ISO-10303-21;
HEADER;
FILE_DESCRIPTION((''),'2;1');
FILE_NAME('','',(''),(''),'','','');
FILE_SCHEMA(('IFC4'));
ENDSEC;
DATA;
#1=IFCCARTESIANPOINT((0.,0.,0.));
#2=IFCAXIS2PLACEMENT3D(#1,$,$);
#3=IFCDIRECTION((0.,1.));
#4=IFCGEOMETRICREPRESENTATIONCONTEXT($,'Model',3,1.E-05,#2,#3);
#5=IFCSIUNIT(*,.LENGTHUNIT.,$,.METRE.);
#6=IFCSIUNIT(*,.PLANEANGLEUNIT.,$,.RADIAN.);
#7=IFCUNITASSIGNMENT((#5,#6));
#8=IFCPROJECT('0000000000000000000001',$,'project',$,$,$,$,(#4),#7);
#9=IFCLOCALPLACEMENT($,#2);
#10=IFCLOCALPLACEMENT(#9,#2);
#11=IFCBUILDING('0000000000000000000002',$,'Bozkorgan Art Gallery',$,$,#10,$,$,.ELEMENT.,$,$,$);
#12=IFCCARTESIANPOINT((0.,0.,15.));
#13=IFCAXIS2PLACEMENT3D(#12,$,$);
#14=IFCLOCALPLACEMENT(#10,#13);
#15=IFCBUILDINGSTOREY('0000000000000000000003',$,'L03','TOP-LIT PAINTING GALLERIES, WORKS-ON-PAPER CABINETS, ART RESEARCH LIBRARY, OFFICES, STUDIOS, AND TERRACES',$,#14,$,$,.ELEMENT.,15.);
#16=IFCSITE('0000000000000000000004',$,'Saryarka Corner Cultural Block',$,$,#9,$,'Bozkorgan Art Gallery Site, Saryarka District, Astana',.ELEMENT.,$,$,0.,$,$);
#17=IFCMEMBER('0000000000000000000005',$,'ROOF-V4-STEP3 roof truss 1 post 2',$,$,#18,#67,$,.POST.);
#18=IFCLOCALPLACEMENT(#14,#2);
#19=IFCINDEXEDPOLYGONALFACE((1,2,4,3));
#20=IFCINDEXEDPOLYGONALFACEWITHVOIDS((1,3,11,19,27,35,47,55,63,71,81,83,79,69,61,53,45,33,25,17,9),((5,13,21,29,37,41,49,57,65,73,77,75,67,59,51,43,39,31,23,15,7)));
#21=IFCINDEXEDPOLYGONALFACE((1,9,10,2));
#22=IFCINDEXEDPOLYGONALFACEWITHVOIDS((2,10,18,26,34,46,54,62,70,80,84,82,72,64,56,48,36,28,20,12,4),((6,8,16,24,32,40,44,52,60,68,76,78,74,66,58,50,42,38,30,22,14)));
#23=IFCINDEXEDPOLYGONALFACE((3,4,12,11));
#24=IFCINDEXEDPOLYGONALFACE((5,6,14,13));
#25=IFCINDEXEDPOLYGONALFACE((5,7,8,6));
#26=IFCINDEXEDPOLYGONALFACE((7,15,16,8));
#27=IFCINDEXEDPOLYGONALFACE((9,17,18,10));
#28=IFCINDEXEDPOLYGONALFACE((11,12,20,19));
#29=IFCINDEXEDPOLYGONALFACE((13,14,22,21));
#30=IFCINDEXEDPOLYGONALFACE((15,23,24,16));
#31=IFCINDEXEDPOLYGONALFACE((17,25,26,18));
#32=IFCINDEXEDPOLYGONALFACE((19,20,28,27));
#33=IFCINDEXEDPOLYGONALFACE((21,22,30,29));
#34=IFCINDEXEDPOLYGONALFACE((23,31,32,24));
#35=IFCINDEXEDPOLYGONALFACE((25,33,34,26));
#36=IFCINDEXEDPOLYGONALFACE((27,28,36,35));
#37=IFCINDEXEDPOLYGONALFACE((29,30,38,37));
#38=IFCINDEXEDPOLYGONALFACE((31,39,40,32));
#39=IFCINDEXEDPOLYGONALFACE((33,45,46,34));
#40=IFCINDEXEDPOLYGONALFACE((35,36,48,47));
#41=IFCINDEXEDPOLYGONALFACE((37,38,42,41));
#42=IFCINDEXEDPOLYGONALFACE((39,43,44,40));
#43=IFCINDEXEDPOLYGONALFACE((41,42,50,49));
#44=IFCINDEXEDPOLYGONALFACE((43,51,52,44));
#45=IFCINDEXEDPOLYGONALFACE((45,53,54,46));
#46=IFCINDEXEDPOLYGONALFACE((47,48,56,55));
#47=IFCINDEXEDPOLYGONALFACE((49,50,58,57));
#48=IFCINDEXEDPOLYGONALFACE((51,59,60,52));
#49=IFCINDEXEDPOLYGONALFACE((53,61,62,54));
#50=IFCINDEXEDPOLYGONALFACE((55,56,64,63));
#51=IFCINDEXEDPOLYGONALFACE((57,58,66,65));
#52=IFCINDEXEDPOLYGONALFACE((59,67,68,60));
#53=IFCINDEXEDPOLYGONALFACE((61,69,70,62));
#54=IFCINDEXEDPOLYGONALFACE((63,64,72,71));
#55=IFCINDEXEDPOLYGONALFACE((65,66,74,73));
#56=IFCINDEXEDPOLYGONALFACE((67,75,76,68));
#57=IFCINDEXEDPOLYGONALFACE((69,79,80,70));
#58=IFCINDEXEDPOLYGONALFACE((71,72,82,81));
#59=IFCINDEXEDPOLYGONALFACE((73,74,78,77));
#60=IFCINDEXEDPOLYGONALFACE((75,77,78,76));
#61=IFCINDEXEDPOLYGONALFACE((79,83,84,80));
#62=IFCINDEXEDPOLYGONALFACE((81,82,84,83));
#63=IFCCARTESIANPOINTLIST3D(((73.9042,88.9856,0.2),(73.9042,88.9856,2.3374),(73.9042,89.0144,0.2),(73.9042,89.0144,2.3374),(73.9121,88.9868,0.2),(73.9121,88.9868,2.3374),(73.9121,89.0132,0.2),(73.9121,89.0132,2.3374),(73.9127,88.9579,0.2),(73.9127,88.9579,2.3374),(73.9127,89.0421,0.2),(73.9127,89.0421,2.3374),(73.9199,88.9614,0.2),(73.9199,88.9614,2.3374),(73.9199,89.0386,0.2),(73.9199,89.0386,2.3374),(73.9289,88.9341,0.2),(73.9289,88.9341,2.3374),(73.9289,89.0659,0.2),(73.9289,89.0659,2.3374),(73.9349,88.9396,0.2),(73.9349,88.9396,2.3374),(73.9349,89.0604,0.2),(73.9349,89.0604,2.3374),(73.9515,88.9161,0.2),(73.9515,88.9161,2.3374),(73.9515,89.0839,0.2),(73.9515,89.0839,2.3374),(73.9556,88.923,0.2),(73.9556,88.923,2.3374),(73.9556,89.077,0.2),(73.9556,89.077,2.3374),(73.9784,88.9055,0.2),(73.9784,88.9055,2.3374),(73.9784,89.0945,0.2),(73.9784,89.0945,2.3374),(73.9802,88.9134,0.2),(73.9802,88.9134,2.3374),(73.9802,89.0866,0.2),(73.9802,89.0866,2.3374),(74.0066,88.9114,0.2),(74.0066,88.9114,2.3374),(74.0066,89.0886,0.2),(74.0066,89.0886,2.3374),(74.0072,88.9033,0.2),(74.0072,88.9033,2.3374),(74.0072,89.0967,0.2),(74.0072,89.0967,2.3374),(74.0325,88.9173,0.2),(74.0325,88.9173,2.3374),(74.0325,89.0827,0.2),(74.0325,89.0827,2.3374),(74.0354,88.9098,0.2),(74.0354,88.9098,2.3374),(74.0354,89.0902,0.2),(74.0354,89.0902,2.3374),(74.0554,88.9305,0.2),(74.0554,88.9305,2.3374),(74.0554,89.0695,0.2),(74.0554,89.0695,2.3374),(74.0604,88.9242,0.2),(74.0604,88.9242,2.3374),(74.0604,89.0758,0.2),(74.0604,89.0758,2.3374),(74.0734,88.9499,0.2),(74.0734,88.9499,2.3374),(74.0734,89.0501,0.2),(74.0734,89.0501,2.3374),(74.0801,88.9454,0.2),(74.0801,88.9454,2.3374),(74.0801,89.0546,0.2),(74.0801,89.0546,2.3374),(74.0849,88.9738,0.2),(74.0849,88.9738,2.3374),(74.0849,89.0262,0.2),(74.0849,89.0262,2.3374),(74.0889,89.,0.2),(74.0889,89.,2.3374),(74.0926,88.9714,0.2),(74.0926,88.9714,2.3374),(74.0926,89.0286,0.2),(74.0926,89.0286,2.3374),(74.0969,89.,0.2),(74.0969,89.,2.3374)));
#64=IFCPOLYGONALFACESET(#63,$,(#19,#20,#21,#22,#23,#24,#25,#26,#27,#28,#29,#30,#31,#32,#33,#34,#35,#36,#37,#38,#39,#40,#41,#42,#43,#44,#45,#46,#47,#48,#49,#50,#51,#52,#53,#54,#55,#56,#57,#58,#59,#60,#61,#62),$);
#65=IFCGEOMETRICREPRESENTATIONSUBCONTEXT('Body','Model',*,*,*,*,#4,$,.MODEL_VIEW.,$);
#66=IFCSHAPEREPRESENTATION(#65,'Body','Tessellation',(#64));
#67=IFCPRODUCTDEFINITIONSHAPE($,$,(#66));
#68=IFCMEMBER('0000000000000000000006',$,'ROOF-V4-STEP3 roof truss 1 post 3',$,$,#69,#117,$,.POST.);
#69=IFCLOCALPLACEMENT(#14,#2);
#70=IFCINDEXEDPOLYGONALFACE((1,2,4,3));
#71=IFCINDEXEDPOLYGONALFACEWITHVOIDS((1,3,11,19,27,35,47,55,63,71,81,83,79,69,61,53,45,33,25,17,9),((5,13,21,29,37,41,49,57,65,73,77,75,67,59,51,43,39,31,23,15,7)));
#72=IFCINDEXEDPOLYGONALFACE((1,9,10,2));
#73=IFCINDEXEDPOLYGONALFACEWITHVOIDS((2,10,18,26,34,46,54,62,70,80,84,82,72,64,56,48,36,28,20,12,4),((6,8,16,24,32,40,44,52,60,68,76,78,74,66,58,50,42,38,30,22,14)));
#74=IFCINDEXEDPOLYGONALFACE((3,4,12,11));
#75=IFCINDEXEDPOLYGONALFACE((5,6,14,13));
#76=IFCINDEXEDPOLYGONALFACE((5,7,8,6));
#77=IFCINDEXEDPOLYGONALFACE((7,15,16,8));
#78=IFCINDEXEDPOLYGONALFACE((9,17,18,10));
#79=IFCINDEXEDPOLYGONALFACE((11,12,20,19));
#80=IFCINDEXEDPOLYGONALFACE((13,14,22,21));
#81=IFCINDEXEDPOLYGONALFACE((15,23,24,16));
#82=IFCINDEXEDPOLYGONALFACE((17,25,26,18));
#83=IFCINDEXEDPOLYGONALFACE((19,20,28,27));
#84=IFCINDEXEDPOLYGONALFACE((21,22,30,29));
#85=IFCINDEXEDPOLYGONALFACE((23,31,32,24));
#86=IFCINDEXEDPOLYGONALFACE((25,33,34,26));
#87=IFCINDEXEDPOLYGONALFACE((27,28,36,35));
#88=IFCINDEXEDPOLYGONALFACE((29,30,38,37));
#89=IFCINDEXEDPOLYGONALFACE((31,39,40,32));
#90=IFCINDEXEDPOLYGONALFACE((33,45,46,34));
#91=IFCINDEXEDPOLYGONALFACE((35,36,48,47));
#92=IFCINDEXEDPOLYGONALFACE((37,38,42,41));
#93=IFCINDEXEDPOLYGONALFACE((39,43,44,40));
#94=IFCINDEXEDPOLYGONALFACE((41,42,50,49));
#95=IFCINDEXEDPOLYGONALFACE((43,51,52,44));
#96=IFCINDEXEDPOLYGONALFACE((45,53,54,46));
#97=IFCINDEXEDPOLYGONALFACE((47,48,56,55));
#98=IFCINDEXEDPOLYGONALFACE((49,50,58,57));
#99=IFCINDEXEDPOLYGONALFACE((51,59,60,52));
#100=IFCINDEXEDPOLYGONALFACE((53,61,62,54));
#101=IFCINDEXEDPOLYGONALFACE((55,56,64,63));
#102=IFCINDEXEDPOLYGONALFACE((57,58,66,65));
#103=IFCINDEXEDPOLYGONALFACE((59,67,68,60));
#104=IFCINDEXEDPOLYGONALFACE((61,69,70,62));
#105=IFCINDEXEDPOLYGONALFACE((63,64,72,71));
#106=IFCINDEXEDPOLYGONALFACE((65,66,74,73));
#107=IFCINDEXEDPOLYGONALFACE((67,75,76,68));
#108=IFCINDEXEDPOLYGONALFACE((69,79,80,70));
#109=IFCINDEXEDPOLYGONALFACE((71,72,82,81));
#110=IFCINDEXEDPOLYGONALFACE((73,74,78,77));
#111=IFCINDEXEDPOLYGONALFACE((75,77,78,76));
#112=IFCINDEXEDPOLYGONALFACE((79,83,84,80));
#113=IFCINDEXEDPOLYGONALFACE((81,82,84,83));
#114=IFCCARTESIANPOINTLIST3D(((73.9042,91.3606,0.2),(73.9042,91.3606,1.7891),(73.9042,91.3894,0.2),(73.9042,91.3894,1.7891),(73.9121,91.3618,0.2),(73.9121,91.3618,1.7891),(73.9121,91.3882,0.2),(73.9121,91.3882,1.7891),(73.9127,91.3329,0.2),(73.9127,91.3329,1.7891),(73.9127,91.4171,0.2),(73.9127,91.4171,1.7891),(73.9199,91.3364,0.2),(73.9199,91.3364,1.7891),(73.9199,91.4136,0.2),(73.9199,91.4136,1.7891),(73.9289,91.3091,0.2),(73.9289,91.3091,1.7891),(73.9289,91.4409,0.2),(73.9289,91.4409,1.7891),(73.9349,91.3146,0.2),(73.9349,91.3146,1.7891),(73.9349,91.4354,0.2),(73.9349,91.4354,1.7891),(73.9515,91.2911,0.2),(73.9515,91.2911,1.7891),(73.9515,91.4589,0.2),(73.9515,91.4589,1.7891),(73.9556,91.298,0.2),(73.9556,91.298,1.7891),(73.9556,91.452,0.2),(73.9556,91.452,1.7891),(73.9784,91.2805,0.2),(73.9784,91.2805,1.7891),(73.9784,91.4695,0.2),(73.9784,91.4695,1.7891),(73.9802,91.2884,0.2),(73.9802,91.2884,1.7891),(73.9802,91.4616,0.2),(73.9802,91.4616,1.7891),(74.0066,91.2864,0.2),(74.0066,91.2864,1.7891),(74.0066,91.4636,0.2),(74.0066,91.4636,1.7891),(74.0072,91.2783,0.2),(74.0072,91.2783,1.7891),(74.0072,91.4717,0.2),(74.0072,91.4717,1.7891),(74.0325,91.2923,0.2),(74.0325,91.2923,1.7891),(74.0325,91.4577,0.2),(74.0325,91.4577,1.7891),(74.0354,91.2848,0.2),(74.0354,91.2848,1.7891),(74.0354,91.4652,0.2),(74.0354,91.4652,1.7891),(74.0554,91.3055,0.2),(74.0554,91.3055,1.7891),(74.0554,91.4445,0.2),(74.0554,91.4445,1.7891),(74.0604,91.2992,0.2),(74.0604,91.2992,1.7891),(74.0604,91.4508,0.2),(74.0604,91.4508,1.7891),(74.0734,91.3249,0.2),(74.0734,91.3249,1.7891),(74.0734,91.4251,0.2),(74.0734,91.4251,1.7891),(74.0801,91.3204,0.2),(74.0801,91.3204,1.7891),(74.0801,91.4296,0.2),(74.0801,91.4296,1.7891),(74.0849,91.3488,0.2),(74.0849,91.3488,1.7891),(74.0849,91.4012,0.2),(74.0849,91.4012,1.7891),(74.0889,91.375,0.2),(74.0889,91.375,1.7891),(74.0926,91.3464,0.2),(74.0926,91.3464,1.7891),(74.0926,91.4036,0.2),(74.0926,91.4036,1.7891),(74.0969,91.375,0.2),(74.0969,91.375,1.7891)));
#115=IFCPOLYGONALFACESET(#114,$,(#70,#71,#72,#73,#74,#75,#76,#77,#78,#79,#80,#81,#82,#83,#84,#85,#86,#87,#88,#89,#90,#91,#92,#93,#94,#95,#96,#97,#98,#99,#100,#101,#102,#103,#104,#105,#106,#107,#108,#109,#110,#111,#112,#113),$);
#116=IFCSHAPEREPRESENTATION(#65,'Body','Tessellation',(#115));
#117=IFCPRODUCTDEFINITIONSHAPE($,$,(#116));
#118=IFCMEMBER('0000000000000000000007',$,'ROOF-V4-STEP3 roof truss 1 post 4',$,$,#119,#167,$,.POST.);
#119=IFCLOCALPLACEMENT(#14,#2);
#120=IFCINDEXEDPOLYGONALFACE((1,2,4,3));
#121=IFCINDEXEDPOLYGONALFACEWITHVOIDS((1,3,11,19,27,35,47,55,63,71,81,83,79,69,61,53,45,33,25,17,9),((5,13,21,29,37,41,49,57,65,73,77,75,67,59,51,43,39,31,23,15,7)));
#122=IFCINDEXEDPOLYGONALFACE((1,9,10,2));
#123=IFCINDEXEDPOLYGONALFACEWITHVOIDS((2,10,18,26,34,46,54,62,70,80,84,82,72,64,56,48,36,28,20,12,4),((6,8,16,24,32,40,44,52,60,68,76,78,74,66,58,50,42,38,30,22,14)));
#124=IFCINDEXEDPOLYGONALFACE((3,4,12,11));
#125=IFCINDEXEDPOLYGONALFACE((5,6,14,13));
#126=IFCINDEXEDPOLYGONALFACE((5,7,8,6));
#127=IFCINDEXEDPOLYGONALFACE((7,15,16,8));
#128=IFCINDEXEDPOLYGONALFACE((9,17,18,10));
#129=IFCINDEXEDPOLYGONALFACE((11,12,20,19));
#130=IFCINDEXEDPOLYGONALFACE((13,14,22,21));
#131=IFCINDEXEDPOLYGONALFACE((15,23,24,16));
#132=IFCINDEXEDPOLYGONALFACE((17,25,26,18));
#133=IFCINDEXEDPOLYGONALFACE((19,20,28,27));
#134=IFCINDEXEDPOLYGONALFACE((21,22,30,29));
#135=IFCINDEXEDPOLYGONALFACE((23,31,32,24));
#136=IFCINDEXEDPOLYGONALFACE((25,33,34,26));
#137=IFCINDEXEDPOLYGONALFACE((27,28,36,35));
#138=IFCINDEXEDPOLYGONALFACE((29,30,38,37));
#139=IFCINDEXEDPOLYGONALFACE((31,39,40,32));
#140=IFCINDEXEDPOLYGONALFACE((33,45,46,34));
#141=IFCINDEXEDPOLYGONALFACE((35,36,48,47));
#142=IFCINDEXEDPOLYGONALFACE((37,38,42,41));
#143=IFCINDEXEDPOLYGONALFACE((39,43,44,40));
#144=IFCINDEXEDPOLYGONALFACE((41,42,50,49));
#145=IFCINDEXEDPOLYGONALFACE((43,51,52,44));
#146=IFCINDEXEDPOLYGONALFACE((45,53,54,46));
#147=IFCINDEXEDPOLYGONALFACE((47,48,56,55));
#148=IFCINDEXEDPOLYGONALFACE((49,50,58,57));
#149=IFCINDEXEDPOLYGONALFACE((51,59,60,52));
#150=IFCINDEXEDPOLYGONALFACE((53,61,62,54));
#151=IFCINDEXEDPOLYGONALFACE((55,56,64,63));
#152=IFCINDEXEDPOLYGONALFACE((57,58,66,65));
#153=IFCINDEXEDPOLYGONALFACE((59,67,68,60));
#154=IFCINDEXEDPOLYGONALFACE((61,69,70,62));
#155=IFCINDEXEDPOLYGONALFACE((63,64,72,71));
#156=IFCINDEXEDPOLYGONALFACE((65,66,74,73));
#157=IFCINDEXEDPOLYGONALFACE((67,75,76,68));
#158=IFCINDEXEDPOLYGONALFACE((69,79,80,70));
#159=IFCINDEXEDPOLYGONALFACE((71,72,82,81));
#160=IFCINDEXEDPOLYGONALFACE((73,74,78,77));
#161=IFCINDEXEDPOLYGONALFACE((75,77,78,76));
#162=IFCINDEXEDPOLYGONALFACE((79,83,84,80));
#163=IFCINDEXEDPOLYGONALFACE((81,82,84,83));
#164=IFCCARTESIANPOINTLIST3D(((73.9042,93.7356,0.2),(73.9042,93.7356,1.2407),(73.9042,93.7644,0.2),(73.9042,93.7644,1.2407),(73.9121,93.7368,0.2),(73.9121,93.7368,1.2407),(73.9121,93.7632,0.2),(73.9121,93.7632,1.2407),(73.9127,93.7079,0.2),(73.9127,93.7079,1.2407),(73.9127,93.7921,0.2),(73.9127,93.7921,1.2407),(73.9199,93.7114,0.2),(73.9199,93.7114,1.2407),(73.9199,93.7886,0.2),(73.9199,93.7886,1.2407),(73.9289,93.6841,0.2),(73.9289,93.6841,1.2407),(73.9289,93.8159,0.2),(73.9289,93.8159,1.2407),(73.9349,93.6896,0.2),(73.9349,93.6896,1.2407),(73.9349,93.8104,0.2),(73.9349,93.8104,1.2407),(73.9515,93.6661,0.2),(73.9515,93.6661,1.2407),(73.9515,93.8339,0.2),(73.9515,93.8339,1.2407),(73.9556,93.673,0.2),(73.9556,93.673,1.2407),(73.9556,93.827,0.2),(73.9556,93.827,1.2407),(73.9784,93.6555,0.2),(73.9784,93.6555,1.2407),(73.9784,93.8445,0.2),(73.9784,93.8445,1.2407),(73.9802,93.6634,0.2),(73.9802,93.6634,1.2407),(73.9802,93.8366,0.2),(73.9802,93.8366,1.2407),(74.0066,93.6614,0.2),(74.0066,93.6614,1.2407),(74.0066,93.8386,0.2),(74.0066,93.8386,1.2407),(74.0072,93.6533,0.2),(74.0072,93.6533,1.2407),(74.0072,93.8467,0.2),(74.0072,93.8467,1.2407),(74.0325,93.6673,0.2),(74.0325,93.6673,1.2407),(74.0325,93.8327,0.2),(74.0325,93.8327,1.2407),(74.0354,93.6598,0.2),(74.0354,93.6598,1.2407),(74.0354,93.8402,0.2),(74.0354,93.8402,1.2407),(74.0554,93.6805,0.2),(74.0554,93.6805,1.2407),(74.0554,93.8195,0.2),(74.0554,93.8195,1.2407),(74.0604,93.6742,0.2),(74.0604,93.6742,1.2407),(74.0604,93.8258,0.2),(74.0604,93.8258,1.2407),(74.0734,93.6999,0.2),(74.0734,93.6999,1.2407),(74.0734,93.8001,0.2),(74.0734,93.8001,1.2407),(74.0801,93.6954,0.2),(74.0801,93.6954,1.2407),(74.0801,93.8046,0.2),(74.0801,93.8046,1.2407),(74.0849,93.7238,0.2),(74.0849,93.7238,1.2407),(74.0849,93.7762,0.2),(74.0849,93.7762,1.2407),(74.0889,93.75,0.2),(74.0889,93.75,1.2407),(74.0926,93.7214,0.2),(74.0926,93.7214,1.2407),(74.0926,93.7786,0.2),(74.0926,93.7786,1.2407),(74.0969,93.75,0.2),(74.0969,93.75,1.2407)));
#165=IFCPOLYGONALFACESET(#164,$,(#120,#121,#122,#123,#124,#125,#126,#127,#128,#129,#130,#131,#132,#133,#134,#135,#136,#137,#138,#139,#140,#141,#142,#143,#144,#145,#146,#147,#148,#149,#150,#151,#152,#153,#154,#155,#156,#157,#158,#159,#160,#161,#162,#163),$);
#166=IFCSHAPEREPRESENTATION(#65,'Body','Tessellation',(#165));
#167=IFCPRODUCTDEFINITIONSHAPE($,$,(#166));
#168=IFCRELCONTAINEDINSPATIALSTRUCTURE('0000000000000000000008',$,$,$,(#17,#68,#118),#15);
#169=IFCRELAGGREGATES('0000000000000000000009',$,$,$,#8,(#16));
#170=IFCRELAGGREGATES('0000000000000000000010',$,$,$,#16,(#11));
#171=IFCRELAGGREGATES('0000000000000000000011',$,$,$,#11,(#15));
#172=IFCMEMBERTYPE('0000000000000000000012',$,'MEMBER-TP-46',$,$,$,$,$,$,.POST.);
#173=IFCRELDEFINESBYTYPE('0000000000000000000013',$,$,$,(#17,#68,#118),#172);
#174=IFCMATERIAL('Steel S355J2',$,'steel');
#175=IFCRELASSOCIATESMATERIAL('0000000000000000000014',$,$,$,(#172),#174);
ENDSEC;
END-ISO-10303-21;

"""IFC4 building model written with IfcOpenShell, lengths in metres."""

from ifc_helpers import new_model, si_unit, direction, frame, origin, origin_2d, place, context, subcontext, project, spatial, hollow_circle, extrude, material, material_profile, profile_set, type_object, element, save


model = new_model("IFC4")

# Units and contexts
model_context = context("Model", 3, precision=1e-05, world=origin(), true_north=direction((0.0, 1.0)))
body_context = subcontext(model_context, "Body", "Model", "MODEL_VIEW")
ifc_project = project(units=[si_unit("LENGTHUNIT", "METRE"), si_unit("PLANEANGLEUNIT", "RADIAN")], contexts=[model_context])

# Site, building, storey
site_placement = place(None, origin())
site = spatial("IfcSite", under=ifc_project, at=site_placement, Name="Saryarka Corner Cultural Block", LongName="Bozkorgan Art Gallery Site, Saryarka District, Astana", CompositionType="ELEMENT", RefElevation=0.0)
building_placement = place(site_placement, origin())
building = spatial("IfcBuilding", under=site, at=building_placement, Name="Bozkorgan Art Gallery", CompositionType="ELEMENT")
storey_placement = place(building_placement, frame((0.0, 0.0, 15.0)))
storey = spatial("IfcBuildingStorey", under=building, at=storey_placement, Name="L03", Description="TOP-LIT PAINTING GALLERIES, WORKS-ON-PAPER CABINETS, ART RESEARCH LIBRARY, OFFICES, STUDIOS, AND TERRACES", CompositionType="ELEMENT", Elevation=15.0)

# Shared definitions
ifc_material_1 = material(Name="Steel S355J2", Category="steel")

# Members
ifc_material_profile_1 = material_profile(ifc_material_1, hollow_circle(Radius=0.0969, WallThickness=0.0081, at=origin_2d()), Name="CHS 193.7x8")
ifc_profile_set_1 = profile_set([ifc_material_profile_1], Name="Steel S355J2")
member_type_1 = type_object("IfcMemberType", Name="MEMBER-TP-46", PredefinedType="POST", material=ifc_profile_set_1)
member_1_placement = place(storey_placement, frame((74.0, 89.0, 0.2), z_axis=(0.0, 0.0, 1.0), x_axis=(1.0, 0.0, 0.0)))
element("IfcMember", 1, at=member_1_placement, inside=storey, type_object=member_type_1, Name="ROOF-V4-STEP3 roof truss 1 post 2", PredefinedType="POST", context=body_context, shape_type="SweptSolid", body=[
    extrude(hollow_circle(Radius=0.0969, WallThickness=0.0081, at=origin_2d()), origin(), (0.0, 0.0, 1.0), 2.1375),
])
member_2_placement = place(storey_placement, frame((74.0, 91.375, 0.2), z_axis=(0.0, 0.0, 1.0), x_axis=(1.0, 0.0, 0.0)))
element("IfcMember", 2, at=member_2_placement, inside=storey, type_object=member_type_1, Name="ROOF-V4-STEP3 roof truss 1 post 3", PredefinedType="POST", context=body_context, shape_type="SweptSolid", body=[
    extrude(hollow_circle(Radius=0.0969, WallThickness=0.0081, at=origin_2d()), origin(), (0.0, 0.0, 1.0), 1.5891),
])
member_3_placement = place(storey_placement, frame((74.0, 93.75, 0.2), z_axis=(0.0, 0.0, 1.0), x_axis=(1.0, 0.0, 0.0)))
element("IfcMember", 3, at=member_3_placement, inside=storey, type_object=member_type_1, Name="ROOF-V4-STEP3 roof truss 1 post 4", PredefinedType="POST", context=body_context, shape_type="SweptSolid", body=[
    extrude(hollow_circle(Radius=0.0969, WallThickness=0.0081, at=origin_2d()), origin(), (0.0, 0.0, 1.0), 1.0408),
])

save(model, "model.ifc")
